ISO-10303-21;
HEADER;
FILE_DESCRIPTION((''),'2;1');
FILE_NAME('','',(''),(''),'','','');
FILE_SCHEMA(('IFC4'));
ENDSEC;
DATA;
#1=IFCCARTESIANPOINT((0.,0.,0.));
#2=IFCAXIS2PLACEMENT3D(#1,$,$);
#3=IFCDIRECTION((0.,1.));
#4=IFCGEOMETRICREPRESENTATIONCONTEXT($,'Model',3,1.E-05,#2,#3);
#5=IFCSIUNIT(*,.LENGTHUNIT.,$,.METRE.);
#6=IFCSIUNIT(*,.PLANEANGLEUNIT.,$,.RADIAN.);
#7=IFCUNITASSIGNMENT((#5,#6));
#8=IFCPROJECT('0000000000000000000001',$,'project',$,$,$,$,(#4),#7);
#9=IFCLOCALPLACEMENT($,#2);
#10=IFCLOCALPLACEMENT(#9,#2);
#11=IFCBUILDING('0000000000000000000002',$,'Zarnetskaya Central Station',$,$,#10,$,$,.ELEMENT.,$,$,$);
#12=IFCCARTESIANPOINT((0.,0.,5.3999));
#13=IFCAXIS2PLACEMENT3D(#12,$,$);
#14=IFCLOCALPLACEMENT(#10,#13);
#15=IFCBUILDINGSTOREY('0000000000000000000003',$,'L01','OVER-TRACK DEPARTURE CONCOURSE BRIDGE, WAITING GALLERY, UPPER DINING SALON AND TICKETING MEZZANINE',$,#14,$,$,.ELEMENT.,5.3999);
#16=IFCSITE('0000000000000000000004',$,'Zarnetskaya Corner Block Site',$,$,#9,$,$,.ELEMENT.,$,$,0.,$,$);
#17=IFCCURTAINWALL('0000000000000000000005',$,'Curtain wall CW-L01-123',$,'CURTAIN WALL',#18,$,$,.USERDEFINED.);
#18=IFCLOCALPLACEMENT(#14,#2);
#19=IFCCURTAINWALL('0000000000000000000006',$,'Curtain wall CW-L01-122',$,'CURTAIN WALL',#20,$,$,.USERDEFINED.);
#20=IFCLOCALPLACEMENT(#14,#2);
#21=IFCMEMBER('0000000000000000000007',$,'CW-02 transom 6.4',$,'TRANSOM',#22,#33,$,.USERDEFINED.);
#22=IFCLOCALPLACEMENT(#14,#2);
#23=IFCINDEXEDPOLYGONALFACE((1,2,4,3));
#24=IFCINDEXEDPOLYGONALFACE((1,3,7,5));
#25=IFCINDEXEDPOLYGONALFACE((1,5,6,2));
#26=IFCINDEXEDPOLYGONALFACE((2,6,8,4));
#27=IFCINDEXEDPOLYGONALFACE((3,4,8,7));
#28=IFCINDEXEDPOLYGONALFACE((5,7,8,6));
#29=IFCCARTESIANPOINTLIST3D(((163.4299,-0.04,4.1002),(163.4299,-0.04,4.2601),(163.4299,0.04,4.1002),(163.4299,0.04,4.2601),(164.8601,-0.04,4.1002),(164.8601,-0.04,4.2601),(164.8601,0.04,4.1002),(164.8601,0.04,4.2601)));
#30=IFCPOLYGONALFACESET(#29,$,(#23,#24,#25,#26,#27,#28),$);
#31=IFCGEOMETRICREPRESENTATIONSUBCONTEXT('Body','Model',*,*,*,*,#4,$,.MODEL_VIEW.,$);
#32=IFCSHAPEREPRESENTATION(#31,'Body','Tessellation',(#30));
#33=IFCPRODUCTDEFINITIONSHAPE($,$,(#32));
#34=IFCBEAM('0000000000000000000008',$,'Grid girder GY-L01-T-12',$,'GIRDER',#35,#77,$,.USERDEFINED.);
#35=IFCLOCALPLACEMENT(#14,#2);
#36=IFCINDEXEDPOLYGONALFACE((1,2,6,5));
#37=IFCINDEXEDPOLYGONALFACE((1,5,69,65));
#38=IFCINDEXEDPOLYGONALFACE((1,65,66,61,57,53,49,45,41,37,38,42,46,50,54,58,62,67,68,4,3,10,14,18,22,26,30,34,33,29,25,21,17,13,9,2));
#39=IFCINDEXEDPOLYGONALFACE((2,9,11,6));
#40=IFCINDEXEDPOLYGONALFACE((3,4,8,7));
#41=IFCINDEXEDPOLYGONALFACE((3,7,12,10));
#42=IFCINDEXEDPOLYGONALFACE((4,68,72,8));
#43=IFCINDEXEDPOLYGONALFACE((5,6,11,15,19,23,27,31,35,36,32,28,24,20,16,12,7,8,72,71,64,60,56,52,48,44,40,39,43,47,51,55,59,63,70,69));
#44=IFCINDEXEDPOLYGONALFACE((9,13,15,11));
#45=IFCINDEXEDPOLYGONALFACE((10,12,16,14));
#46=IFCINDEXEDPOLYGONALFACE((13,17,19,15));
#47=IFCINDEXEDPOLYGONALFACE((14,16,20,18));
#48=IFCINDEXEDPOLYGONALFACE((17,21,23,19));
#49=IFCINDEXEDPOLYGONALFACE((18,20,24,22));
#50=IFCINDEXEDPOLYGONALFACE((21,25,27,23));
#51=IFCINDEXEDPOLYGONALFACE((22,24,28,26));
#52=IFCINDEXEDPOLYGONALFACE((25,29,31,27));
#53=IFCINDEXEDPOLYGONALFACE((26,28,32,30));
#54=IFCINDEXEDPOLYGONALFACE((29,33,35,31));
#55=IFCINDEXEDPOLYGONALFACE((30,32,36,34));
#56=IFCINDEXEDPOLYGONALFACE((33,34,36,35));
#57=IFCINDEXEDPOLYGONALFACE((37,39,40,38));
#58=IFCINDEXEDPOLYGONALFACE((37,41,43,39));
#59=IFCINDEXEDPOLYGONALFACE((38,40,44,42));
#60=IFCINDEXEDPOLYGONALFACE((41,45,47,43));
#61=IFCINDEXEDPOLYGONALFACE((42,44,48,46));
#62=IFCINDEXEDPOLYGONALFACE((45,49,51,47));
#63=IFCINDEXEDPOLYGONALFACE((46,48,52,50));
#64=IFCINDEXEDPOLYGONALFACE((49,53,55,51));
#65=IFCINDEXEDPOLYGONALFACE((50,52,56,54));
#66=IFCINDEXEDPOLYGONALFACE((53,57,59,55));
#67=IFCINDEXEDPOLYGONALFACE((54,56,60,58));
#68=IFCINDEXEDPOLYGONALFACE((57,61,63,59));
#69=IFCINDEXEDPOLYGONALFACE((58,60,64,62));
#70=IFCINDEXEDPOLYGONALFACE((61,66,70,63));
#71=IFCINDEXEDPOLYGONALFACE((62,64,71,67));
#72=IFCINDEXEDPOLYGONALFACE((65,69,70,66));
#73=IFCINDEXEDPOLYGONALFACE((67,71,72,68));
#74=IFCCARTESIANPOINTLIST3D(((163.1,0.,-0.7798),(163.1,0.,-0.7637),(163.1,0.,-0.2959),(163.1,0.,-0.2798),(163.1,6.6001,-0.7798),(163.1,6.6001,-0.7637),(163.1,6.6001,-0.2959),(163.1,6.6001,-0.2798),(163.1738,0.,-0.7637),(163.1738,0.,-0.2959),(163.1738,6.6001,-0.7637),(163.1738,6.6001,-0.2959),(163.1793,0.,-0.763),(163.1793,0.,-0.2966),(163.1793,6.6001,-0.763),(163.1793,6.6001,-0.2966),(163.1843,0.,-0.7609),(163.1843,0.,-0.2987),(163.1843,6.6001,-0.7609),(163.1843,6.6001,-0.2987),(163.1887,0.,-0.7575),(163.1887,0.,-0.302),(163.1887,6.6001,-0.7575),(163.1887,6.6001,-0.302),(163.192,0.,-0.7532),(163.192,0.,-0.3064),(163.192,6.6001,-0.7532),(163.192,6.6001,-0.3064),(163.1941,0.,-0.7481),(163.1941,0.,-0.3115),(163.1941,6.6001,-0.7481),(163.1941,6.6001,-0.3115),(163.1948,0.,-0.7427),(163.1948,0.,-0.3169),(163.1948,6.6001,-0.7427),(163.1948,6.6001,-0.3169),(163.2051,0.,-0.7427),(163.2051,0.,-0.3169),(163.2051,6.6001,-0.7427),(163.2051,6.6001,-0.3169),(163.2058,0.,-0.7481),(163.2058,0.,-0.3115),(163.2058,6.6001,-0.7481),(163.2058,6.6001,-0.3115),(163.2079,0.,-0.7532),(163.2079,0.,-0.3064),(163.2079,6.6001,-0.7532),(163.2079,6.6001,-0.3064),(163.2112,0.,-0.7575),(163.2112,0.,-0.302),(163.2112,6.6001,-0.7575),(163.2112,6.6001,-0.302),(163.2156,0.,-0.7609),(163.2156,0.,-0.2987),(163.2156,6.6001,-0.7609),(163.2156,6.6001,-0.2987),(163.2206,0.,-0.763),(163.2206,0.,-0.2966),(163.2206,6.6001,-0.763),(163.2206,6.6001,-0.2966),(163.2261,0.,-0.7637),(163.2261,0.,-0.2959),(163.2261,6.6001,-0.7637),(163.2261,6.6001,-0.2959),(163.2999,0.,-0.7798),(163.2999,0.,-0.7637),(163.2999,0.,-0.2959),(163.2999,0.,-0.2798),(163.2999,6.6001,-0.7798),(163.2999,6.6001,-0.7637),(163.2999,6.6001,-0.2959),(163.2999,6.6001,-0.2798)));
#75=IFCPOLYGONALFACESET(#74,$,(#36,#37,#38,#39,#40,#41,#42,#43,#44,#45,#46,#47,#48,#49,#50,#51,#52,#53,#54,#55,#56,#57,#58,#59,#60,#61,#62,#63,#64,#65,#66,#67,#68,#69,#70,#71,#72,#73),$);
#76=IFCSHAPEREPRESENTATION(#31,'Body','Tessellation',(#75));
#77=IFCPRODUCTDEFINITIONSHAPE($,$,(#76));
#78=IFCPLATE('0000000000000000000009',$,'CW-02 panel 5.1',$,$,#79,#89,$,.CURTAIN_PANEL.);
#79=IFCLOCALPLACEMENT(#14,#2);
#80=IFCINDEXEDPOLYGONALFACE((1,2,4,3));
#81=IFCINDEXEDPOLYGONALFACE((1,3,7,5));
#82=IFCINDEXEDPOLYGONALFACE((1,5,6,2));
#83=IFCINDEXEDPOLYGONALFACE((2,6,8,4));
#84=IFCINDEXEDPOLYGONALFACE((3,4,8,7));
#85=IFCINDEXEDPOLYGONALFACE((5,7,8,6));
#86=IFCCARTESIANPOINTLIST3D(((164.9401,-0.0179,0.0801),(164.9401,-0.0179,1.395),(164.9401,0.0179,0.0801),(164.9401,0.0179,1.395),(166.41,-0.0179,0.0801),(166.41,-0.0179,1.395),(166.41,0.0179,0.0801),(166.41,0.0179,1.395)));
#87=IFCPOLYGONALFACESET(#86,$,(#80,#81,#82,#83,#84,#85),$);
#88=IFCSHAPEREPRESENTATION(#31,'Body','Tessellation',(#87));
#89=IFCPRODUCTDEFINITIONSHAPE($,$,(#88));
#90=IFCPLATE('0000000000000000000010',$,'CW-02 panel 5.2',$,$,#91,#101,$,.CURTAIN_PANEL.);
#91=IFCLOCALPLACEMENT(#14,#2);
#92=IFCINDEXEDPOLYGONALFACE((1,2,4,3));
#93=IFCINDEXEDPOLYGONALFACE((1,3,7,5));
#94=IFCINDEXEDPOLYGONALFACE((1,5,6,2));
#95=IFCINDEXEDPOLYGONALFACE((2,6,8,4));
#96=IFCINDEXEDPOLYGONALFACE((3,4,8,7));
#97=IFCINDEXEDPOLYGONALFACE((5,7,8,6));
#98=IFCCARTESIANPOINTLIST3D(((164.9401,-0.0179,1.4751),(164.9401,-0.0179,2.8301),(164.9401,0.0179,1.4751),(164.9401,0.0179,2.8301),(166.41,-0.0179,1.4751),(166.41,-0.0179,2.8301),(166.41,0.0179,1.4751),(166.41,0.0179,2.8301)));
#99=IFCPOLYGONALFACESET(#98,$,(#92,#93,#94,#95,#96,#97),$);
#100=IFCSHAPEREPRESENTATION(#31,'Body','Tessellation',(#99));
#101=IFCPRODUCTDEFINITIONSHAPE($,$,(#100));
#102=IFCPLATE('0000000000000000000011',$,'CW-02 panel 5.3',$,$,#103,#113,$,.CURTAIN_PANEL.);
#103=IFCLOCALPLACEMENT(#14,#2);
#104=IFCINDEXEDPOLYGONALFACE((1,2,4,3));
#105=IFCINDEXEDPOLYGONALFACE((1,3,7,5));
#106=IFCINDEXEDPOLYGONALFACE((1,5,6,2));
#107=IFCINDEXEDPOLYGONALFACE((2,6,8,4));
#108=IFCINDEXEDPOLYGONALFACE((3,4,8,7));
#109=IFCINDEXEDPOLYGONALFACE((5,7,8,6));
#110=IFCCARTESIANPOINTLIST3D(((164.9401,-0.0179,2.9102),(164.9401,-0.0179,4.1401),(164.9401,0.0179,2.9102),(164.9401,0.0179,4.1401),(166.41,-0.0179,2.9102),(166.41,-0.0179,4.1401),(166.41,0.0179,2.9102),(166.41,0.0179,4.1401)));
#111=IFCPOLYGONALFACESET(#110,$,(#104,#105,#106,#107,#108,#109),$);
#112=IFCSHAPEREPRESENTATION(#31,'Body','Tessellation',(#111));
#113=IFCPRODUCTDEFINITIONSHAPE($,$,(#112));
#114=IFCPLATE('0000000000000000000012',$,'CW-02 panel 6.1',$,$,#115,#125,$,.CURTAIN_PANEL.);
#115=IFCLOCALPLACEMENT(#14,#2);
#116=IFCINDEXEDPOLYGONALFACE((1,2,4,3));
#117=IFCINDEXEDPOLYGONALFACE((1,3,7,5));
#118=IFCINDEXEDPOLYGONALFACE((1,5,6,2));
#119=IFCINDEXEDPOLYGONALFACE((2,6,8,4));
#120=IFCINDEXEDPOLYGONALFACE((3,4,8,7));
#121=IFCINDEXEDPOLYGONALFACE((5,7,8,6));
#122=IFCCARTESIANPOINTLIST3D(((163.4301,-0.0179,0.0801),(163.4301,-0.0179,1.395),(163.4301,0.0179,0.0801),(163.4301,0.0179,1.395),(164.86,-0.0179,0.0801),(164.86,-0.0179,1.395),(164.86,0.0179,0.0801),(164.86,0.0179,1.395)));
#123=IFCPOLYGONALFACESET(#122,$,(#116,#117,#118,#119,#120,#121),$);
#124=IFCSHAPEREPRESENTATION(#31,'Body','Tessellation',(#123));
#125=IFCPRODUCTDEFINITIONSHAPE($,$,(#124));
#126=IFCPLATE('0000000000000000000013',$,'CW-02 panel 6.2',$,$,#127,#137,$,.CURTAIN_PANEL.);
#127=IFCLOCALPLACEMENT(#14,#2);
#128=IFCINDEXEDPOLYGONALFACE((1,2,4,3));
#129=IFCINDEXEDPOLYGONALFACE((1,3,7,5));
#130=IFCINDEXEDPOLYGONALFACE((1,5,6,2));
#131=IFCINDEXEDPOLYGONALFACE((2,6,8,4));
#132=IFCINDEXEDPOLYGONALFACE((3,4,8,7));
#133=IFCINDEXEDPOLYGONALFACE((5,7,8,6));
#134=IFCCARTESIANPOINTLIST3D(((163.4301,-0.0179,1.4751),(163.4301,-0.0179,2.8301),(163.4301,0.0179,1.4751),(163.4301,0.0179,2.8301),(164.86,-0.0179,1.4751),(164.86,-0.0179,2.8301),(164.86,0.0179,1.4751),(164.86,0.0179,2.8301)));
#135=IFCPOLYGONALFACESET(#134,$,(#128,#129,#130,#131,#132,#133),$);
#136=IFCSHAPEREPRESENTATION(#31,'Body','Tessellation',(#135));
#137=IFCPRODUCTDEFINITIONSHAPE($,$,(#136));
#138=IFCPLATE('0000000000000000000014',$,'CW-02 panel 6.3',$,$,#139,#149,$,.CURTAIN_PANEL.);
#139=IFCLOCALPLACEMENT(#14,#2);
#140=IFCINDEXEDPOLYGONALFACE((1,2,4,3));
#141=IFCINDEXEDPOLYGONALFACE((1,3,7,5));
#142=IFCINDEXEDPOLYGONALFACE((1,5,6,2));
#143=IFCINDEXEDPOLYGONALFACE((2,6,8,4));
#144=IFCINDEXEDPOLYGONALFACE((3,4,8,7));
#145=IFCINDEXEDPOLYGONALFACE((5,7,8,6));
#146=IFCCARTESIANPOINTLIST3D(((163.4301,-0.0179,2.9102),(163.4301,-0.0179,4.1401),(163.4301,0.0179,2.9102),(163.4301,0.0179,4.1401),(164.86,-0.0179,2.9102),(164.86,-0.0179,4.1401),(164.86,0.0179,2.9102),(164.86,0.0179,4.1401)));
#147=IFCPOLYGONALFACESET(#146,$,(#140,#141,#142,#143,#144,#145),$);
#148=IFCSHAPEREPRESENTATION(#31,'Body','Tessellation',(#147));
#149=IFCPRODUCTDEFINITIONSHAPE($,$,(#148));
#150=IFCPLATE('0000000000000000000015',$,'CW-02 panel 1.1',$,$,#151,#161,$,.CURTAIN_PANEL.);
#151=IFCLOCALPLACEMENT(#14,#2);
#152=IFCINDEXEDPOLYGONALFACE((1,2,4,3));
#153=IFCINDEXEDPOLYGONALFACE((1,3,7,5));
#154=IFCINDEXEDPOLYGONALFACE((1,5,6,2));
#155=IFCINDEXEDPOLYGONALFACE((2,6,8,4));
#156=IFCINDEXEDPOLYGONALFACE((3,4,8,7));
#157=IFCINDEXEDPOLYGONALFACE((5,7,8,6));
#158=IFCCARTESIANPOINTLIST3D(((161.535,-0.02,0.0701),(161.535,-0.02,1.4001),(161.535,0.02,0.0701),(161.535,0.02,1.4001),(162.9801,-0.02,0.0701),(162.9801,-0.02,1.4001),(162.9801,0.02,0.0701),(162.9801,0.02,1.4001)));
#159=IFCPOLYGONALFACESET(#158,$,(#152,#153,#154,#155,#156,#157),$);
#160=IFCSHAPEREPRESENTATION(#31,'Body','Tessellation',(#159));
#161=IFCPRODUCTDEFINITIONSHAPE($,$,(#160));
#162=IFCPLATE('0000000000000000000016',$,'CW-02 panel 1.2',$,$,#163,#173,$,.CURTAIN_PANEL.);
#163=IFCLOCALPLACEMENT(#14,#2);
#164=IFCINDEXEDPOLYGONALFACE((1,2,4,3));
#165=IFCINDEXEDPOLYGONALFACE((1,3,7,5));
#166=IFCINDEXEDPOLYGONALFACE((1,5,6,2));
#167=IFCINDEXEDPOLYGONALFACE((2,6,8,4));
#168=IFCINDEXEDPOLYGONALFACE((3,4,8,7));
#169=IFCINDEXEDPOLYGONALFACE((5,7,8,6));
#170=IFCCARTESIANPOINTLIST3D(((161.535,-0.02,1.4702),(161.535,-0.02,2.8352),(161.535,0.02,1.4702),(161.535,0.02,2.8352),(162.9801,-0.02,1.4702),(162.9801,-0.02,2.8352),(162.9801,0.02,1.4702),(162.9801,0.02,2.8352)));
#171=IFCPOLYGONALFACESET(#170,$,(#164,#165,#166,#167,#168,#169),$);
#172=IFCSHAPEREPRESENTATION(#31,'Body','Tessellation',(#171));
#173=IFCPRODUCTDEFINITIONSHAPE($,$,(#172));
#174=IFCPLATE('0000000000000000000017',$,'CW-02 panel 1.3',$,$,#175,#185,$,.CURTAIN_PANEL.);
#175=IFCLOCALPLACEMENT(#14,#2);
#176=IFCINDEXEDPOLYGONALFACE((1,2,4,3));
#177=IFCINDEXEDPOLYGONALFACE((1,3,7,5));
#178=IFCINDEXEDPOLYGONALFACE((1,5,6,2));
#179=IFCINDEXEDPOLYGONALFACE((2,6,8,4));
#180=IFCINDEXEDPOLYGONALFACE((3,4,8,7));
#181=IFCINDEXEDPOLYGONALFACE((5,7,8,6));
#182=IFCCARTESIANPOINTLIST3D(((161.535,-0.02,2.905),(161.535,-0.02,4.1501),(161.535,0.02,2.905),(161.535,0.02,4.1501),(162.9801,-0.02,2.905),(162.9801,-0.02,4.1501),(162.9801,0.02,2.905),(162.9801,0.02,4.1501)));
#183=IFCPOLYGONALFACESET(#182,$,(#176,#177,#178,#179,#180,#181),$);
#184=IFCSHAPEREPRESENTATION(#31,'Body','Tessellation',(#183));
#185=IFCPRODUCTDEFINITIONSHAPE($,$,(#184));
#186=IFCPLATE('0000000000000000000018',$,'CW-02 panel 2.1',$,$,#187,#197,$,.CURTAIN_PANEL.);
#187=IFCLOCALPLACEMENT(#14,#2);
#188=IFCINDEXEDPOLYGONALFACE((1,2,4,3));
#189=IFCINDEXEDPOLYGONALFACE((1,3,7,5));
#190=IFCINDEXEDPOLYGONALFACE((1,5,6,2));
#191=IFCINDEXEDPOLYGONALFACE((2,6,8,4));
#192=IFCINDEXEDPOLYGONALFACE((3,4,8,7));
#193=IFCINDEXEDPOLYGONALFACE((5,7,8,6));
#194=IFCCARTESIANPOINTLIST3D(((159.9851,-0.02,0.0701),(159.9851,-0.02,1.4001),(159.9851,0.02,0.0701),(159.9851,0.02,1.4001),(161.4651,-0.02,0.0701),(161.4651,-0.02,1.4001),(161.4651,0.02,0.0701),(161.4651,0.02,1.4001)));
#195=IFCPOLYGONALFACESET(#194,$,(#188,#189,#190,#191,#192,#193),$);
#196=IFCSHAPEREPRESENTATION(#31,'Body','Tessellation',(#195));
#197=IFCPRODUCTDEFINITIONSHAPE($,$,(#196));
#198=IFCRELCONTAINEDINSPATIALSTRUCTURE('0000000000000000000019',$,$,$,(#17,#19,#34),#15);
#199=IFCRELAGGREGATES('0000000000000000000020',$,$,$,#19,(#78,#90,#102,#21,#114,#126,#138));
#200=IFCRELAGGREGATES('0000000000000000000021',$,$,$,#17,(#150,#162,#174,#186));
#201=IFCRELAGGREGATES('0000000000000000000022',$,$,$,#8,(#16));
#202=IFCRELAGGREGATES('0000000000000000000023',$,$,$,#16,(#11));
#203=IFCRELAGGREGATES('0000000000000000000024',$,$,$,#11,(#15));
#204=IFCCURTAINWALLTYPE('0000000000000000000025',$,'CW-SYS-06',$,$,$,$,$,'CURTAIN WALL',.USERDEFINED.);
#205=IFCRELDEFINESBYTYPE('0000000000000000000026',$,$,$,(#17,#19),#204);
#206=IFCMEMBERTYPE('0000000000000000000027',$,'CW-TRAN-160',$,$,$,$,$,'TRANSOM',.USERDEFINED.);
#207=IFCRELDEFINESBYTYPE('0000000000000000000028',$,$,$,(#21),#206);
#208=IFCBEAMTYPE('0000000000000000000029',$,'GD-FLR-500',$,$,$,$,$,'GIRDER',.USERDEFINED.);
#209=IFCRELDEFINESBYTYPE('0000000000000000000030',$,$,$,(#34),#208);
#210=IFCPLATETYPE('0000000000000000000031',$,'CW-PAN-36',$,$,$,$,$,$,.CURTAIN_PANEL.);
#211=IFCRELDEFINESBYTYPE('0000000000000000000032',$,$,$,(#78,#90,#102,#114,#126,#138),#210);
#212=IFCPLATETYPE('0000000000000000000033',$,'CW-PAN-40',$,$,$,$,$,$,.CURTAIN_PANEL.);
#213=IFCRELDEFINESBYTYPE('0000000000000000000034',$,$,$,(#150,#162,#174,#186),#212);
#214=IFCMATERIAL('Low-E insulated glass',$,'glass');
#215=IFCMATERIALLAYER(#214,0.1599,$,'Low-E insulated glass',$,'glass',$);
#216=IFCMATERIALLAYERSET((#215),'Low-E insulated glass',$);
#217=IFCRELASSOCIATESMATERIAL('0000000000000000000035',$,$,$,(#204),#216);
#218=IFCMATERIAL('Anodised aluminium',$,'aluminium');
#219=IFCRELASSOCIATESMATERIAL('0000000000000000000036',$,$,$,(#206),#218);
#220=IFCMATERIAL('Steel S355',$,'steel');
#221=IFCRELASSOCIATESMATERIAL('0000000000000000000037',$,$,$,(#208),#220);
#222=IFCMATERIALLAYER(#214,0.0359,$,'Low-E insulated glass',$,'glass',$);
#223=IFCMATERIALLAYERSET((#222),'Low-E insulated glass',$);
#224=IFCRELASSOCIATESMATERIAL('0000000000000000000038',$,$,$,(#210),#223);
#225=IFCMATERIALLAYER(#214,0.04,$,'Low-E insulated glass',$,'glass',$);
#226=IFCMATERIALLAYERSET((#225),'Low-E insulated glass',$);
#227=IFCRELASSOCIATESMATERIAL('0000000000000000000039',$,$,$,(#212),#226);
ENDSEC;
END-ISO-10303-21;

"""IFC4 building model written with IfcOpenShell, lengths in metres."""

from ifc_helpers import new_model, si_unit, direction, frame, origin, origin_2d, place, context, subcontext, project, spatial, rectangle, i_section, extrude, material, layer, layer_set, material_profile, profile_set, type_object, element, aggregate, save


model = new_model("IFC4")

# Units and contexts
model_context = context("Model", 3, precision=1e-05, world=origin(), true_north=direction((0.0, 1.0)))
body_context = subcontext(model_context, "Body", "Model", "MODEL_VIEW")
ifc_project = project(units=[si_unit("LENGTHUNIT", "METRE"), si_unit("PLANEANGLEUNIT", "RADIAN")], contexts=[model_context])

# Site, building, storey
site_placement = place(None, origin())
site = spatial("IfcSite", under=ifc_project, at=site_placement, Name="Zarnetskaya Corner Block Site", CompositionType="ELEMENT", RefElevation=0.0)
building_placement = place(site_placement, origin())
building = spatial("IfcBuilding", under=site, at=building_placement, Name="Zarnetskaya Central Station", CompositionType="ELEMENT")
storey_placement = place(building_placement, frame((0.0, 0.0, 5.3999)))
storey = spatial("IfcBuildingStorey", under=building, at=storey_placement, Name="L01", Description="OVER-TRACK DEPARTURE CONCOURSE BRIDGE, WAITING GALLERY, UPPER DINING SALON AND TICKETING MEZZANINE", CompositionType="ELEMENT", Elevation=5.3999)

# Shared definitions
ifc_material_1 = material(Name="Steel S355", Category="steel")

# Curtain walls
ifc_material_2 = material(Name="Low-E insulated glass", Category="glass")
ifc_layer_1 = layer(ifc_material_2, 0.1599, Name="Low-E insulated glass", Category="glass")
ifc_layer_set_1 = layer_set([ifc_layer_1], Name="Low-E insulated glass")
curtain_wall_type = type_object("IfcCurtainWallType", Name="CW-SYS-06", ElementType="CURTAIN WALL", PredefinedType="USERDEFINED", material=ifc_layer_set_1)
curtain_wall_1_placement = place(storey_placement, origin())
curtain_wall_1 = element("IfcCurtainWall", 1, at=curtain_wall_1_placement, inside=storey, type_object=curtain_wall_type, Name="Curtain wall CW-L01-123", ObjectType="CURTAIN WALL", PredefinedType="USERDEFINED")
ifc_material_3 = material(Name="Anodised aluminium", Category="aluminium")
curtain_wall_2_placement = place(storey_placement, origin())
curtain_wall_2 = element("IfcCurtainWall", 2, at=curtain_wall_2_placement, inside=storey, type_object=curtain_wall_type, Name="Curtain wall CW-L01-122", ObjectType="CURTAIN WALL", PredefinedType="USERDEFINED")

# Member
ifc_material_profile_1 = material_profile(ifc_material_3, rectangle(XDim=0.0801, YDim=0.1599, at=origin_2d()), Name="ALU TRAN 80x160")
ifc_profile_set_1 = profile_set([ifc_material_profile_1], Name="Anodised aluminium")
member_type_1 = type_object("IfcMemberType", Name="CW-TRAN-160", ElementType="TRANSOM", PredefinedType="USERDEFINED", material=ifc_profile_set_1)
member_1_placement = place(storey_placement, frame((164.8601, 0.0, 4.1802), z_axis=(-1.0, 0.0, 0.0), x_axis=(0.0, -1.0, 0.0)))
member_1 = element("IfcMember", 3, at=member_1_placement, type_object=member_type_1, Name="CW-02 transom 6.4", ObjectType="TRANSOM", PredefinedType="USERDEFINED", context=body_context, shape_type="SweptSolid", body=[
    extrude(rectangle(XDim=0.0801, YDim=0.1599, at=origin_2d()), origin(), (0.0, 0.0, 1.0), 1.4302),
])

# Beam
ifc_material_profile_2 = material_profile(ifc_material_1, i_section(OverallWidth=0.2, OverallDepth=0.5, WebThickness=0.0103, FlangeThickness=0.0161, FilletRadius=0.021, at=origin_2d()), Name="IPE 500")
ifc_profile_set_2 = profile_set([ifc_material_profile_2], Name="Steel S355")
beam_type_1 = type_object("IfcBeamType", Name="GD-FLR-500", ElementType="GIRDER", PredefinedType="USERDEFINED", material=ifc_profile_set_2)
beam_1_placement = place(storey_placement, frame((163.2, 0.0, -0.5298), z_axis=(0.0, 1.0, 0.0), x_axis=(-1.0, 0.0, 0.0)))
element("IfcBeam", 4, at=beam_1_placement, inside=storey, type_object=beam_type_1, Name="Grid girder GY-L01-T-12", ObjectType="GIRDER", PredefinedType="USERDEFINED", context=body_context, shape_type="SweptSolid", body=[
    extrude(i_section(OverallWidth=0.2, OverallDepth=0.5, WebThickness=0.0103, FlangeThickness=0.0161, FilletRadius=0.021, at=origin_2d()), origin(), (0.0, 0.0, 1.0), 6.6001),
])

# Plates
ifc_layer_2 = layer(ifc_material_2, 0.0359, Name="Low-E insulated glass", Category="glass")
ifc_layer_set_2 = layer_set([ifc_layer_2], Name="Low-E insulated glass")
plate_type_1 = type_object("IfcPlateType", Name="CW-PAN-36", PredefinedType="CURTAIN_PANEL", material=ifc_layer_set_2)
plate_1_placement = place(storey_placement, frame((165.675, 0.0, 0.0801), z_axis=(0.0, 0.0, 1.0), x_axis=(-1.0, 0.0, 0.0)))
plate_1 = element("IfcPlate", 5, at=plate_1_placement, type_object=plate_type_1, Name="CW-02 panel 5.1", PredefinedType="CURTAIN_PANEL", context=body_context, shape_type="SweptSolid", body=[
    extrude(rectangle(XDim=1.47, YDim=0.0359, at=origin_2d()), origin(), (0.0, 0.0, 1.0), 1.3149),
])
plate_2_placement = place(storey_placement, frame((165.675, 0.0, 1.4751), z_axis=(0.0, 0.0, 1.0), x_axis=(-1.0, 0.0, 0.0)))
plate_2 = element("IfcPlate", 6, at=plate_2_placement, type_object=plate_type_1, Name="CW-02 panel 5.2", PredefinedType="CURTAIN_PANEL", context=body_context, shape_type="SweptSolid", body=[
    extrude(rectangle(XDim=1.47, YDim=0.0359, at=origin_2d()), origin(), (0.0, 0.0, 1.0), 1.355),
])
plate_3_placement = place(storey_placement, frame((165.675, 0.0, 2.9102), z_axis=(0.0, 0.0, 1.0), x_axis=(-1.0, 0.0, 0.0)))
plate_3 = element("IfcPlate", 7, at=plate_3_placement, type_object=plate_type_1, Name="CW-02 panel 5.3", PredefinedType="CURTAIN_PANEL", context=body_context, shape_type="SweptSolid", body=[
    extrude(rectangle(XDim=1.47, YDim=0.0359, at=origin_2d()), origin(), (0.0, 0.0, 1.0), 1.23),
])
plate_4_placement = place(storey_placement, frame((164.145, 0.0, 0.0801), z_axis=(0.0, 0.0, 1.0), x_axis=(-1.0, 0.0, 0.0)))
plate_4 = element("IfcPlate", 8, at=plate_4_placement, type_object=plate_type_1, Name="CW-02 panel 6.1", PredefinedType="CURTAIN_PANEL", context=body_context, shape_type="SweptSolid", body=[
    extrude(rectangle(XDim=1.4299, YDim=0.0359, at=origin_2d()), origin(), (0.0, 0.0, 1.0), 1.3149),
])
plate_5_placement = place(storey_placement, frame((164.145, 0.0, 1.4751), z_axis=(0.0, 0.0, 1.0), x_axis=(-1.0, 0.0, 0.0)))
plate_5 = element("IfcPlate", 9, at=plate_5_placement, type_object=plate_type_1, Name="CW-02 panel 6.2", PredefinedType="CURTAIN_PANEL", context=body_context, shape_type="SweptSolid", body=[
    extrude(rectangle(XDim=1.4299, YDim=0.0359, at=origin_2d()), origin(), (0.0, 0.0, 1.0), 1.355),
])
plate_6_placement = place(storey_placement, frame((164.145, 0.0, 2.9102), z_axis=(0.0, 0.0, 1.0), x_axis=(-1.0, 0.0, 0.0)))
plate_6 = element("IfcPlate", 10, at=plate_6_placement, type_object=plate_type_1, Name="CW-02 panel 6.3", PredefinedType="CURTAIN_PANEL", context=body_context, shape_type="SweptSolid", body=[
    extrude(rectangle(XDim=1.4299, YDim=0.0359, at=origin_2d()), origin(), (0.0, 0.0, 1.0), 1.23),
])
aggregate(curtain_wall_2, [plate_1, plate_2, plate_3, member_1, plate_4, plate_5, plate_6])
ifc_layer_3 = layer(ifc_material_2, 0.04, Name="Low-E insulated glass", Category="glass")
ifc_layer_set_3 = layer_set([ifc_layer_3], Name="Low-E insulated glass")
plate_type_2 = type_object("IfcPlateType", Name="CW-PAN-40", PredefinedType="CURTAIN_PANEL", material=ifc_layer_set_3)
plate_7_placement = place(storey_placement, frame((162.2576, 0.0, 0.0701), z_axis=(0.0, 0.0, 1.0), x_axis=(-1.0, 0.0, 0.0)))
plate_7 = element("IfcPlate", 11, at=plate_7_placement, type_object=plate_type_2, Name="CW-02 panel 1.1", PredefinedType="CURTAIN_PANEL", context=body_context, shape_type="SweptSolid", body=[
    extrude(rectangle(XDim=1.4451, YDim=0.04, at=origin_2d()), origin(), (0.0, 0.0, 1.0), 1.3301),
])
plate_8_placement = place(storey_placement, frame((162.2576, 0.0, 1.4702), z_axis=(0.0, 0.0, 1.0), x_axis=(-1.0, 0.0, 0.0)))
plate_8 = element("IfcPlate", 12, at=plate_8_placement, type_object=plate_type_2, Name="CW-02 panel 1.2", PredefinedType="CURTAIN_PANEL", context=body_context, shape_type="SweptSolid", body=[
    extrude(rectangle(XDim=1.4451, YDim=0.04, at=origin_2d()), origin(), (0.0, 0.0, 1.0), 1.365),
])
plate_9_placement = place(storey_placement, frame((162.2576, 0.0, 2.905), z_axis=(0.0, 0.0, 1.0), x_axis=(-1.0, 0.0, 0.0)))
plate_9 = element("IfcPlate", 13, at=plate_9_placement, type_object=plate_type_2, Name="CW-02 panel 1.3", PredefinedType="CURTAIN_PANEL", context=body_context, shape_type="SweptSolid", body=[
    extrude(rectangle(XDim=1.4451, YDim=0.04, at=origin_2d()), origin(), (0.0, 0.0, 1.0), 1.2451),
])
plate_10_placement = place(storey_placement, frame((160.7251, 0.0, 0.0701), z_axis=(0.0, 0.0, 1.0), x_axis=(-1.0, 0.0, 0.0)))
plate_10 = element("IfcPlate", 14, at=plate_10_placement, type_object=plate_type_2, Name="CW-02 panel 2.1", PredefinedType="CURTAIN_PANEL", context=body_context, shape_type="SweptSolid", body=[
    extrude(rectangle(XDim=1.48, YDim=0.04, at=origin_2d()), origin(), (0.0, 0.0, 1.0), 1.3301),
])
aggregate(curtain_wall_1, [plate_7, plate_8, plate_9, plate_10])

save(model, "model.ifc")
